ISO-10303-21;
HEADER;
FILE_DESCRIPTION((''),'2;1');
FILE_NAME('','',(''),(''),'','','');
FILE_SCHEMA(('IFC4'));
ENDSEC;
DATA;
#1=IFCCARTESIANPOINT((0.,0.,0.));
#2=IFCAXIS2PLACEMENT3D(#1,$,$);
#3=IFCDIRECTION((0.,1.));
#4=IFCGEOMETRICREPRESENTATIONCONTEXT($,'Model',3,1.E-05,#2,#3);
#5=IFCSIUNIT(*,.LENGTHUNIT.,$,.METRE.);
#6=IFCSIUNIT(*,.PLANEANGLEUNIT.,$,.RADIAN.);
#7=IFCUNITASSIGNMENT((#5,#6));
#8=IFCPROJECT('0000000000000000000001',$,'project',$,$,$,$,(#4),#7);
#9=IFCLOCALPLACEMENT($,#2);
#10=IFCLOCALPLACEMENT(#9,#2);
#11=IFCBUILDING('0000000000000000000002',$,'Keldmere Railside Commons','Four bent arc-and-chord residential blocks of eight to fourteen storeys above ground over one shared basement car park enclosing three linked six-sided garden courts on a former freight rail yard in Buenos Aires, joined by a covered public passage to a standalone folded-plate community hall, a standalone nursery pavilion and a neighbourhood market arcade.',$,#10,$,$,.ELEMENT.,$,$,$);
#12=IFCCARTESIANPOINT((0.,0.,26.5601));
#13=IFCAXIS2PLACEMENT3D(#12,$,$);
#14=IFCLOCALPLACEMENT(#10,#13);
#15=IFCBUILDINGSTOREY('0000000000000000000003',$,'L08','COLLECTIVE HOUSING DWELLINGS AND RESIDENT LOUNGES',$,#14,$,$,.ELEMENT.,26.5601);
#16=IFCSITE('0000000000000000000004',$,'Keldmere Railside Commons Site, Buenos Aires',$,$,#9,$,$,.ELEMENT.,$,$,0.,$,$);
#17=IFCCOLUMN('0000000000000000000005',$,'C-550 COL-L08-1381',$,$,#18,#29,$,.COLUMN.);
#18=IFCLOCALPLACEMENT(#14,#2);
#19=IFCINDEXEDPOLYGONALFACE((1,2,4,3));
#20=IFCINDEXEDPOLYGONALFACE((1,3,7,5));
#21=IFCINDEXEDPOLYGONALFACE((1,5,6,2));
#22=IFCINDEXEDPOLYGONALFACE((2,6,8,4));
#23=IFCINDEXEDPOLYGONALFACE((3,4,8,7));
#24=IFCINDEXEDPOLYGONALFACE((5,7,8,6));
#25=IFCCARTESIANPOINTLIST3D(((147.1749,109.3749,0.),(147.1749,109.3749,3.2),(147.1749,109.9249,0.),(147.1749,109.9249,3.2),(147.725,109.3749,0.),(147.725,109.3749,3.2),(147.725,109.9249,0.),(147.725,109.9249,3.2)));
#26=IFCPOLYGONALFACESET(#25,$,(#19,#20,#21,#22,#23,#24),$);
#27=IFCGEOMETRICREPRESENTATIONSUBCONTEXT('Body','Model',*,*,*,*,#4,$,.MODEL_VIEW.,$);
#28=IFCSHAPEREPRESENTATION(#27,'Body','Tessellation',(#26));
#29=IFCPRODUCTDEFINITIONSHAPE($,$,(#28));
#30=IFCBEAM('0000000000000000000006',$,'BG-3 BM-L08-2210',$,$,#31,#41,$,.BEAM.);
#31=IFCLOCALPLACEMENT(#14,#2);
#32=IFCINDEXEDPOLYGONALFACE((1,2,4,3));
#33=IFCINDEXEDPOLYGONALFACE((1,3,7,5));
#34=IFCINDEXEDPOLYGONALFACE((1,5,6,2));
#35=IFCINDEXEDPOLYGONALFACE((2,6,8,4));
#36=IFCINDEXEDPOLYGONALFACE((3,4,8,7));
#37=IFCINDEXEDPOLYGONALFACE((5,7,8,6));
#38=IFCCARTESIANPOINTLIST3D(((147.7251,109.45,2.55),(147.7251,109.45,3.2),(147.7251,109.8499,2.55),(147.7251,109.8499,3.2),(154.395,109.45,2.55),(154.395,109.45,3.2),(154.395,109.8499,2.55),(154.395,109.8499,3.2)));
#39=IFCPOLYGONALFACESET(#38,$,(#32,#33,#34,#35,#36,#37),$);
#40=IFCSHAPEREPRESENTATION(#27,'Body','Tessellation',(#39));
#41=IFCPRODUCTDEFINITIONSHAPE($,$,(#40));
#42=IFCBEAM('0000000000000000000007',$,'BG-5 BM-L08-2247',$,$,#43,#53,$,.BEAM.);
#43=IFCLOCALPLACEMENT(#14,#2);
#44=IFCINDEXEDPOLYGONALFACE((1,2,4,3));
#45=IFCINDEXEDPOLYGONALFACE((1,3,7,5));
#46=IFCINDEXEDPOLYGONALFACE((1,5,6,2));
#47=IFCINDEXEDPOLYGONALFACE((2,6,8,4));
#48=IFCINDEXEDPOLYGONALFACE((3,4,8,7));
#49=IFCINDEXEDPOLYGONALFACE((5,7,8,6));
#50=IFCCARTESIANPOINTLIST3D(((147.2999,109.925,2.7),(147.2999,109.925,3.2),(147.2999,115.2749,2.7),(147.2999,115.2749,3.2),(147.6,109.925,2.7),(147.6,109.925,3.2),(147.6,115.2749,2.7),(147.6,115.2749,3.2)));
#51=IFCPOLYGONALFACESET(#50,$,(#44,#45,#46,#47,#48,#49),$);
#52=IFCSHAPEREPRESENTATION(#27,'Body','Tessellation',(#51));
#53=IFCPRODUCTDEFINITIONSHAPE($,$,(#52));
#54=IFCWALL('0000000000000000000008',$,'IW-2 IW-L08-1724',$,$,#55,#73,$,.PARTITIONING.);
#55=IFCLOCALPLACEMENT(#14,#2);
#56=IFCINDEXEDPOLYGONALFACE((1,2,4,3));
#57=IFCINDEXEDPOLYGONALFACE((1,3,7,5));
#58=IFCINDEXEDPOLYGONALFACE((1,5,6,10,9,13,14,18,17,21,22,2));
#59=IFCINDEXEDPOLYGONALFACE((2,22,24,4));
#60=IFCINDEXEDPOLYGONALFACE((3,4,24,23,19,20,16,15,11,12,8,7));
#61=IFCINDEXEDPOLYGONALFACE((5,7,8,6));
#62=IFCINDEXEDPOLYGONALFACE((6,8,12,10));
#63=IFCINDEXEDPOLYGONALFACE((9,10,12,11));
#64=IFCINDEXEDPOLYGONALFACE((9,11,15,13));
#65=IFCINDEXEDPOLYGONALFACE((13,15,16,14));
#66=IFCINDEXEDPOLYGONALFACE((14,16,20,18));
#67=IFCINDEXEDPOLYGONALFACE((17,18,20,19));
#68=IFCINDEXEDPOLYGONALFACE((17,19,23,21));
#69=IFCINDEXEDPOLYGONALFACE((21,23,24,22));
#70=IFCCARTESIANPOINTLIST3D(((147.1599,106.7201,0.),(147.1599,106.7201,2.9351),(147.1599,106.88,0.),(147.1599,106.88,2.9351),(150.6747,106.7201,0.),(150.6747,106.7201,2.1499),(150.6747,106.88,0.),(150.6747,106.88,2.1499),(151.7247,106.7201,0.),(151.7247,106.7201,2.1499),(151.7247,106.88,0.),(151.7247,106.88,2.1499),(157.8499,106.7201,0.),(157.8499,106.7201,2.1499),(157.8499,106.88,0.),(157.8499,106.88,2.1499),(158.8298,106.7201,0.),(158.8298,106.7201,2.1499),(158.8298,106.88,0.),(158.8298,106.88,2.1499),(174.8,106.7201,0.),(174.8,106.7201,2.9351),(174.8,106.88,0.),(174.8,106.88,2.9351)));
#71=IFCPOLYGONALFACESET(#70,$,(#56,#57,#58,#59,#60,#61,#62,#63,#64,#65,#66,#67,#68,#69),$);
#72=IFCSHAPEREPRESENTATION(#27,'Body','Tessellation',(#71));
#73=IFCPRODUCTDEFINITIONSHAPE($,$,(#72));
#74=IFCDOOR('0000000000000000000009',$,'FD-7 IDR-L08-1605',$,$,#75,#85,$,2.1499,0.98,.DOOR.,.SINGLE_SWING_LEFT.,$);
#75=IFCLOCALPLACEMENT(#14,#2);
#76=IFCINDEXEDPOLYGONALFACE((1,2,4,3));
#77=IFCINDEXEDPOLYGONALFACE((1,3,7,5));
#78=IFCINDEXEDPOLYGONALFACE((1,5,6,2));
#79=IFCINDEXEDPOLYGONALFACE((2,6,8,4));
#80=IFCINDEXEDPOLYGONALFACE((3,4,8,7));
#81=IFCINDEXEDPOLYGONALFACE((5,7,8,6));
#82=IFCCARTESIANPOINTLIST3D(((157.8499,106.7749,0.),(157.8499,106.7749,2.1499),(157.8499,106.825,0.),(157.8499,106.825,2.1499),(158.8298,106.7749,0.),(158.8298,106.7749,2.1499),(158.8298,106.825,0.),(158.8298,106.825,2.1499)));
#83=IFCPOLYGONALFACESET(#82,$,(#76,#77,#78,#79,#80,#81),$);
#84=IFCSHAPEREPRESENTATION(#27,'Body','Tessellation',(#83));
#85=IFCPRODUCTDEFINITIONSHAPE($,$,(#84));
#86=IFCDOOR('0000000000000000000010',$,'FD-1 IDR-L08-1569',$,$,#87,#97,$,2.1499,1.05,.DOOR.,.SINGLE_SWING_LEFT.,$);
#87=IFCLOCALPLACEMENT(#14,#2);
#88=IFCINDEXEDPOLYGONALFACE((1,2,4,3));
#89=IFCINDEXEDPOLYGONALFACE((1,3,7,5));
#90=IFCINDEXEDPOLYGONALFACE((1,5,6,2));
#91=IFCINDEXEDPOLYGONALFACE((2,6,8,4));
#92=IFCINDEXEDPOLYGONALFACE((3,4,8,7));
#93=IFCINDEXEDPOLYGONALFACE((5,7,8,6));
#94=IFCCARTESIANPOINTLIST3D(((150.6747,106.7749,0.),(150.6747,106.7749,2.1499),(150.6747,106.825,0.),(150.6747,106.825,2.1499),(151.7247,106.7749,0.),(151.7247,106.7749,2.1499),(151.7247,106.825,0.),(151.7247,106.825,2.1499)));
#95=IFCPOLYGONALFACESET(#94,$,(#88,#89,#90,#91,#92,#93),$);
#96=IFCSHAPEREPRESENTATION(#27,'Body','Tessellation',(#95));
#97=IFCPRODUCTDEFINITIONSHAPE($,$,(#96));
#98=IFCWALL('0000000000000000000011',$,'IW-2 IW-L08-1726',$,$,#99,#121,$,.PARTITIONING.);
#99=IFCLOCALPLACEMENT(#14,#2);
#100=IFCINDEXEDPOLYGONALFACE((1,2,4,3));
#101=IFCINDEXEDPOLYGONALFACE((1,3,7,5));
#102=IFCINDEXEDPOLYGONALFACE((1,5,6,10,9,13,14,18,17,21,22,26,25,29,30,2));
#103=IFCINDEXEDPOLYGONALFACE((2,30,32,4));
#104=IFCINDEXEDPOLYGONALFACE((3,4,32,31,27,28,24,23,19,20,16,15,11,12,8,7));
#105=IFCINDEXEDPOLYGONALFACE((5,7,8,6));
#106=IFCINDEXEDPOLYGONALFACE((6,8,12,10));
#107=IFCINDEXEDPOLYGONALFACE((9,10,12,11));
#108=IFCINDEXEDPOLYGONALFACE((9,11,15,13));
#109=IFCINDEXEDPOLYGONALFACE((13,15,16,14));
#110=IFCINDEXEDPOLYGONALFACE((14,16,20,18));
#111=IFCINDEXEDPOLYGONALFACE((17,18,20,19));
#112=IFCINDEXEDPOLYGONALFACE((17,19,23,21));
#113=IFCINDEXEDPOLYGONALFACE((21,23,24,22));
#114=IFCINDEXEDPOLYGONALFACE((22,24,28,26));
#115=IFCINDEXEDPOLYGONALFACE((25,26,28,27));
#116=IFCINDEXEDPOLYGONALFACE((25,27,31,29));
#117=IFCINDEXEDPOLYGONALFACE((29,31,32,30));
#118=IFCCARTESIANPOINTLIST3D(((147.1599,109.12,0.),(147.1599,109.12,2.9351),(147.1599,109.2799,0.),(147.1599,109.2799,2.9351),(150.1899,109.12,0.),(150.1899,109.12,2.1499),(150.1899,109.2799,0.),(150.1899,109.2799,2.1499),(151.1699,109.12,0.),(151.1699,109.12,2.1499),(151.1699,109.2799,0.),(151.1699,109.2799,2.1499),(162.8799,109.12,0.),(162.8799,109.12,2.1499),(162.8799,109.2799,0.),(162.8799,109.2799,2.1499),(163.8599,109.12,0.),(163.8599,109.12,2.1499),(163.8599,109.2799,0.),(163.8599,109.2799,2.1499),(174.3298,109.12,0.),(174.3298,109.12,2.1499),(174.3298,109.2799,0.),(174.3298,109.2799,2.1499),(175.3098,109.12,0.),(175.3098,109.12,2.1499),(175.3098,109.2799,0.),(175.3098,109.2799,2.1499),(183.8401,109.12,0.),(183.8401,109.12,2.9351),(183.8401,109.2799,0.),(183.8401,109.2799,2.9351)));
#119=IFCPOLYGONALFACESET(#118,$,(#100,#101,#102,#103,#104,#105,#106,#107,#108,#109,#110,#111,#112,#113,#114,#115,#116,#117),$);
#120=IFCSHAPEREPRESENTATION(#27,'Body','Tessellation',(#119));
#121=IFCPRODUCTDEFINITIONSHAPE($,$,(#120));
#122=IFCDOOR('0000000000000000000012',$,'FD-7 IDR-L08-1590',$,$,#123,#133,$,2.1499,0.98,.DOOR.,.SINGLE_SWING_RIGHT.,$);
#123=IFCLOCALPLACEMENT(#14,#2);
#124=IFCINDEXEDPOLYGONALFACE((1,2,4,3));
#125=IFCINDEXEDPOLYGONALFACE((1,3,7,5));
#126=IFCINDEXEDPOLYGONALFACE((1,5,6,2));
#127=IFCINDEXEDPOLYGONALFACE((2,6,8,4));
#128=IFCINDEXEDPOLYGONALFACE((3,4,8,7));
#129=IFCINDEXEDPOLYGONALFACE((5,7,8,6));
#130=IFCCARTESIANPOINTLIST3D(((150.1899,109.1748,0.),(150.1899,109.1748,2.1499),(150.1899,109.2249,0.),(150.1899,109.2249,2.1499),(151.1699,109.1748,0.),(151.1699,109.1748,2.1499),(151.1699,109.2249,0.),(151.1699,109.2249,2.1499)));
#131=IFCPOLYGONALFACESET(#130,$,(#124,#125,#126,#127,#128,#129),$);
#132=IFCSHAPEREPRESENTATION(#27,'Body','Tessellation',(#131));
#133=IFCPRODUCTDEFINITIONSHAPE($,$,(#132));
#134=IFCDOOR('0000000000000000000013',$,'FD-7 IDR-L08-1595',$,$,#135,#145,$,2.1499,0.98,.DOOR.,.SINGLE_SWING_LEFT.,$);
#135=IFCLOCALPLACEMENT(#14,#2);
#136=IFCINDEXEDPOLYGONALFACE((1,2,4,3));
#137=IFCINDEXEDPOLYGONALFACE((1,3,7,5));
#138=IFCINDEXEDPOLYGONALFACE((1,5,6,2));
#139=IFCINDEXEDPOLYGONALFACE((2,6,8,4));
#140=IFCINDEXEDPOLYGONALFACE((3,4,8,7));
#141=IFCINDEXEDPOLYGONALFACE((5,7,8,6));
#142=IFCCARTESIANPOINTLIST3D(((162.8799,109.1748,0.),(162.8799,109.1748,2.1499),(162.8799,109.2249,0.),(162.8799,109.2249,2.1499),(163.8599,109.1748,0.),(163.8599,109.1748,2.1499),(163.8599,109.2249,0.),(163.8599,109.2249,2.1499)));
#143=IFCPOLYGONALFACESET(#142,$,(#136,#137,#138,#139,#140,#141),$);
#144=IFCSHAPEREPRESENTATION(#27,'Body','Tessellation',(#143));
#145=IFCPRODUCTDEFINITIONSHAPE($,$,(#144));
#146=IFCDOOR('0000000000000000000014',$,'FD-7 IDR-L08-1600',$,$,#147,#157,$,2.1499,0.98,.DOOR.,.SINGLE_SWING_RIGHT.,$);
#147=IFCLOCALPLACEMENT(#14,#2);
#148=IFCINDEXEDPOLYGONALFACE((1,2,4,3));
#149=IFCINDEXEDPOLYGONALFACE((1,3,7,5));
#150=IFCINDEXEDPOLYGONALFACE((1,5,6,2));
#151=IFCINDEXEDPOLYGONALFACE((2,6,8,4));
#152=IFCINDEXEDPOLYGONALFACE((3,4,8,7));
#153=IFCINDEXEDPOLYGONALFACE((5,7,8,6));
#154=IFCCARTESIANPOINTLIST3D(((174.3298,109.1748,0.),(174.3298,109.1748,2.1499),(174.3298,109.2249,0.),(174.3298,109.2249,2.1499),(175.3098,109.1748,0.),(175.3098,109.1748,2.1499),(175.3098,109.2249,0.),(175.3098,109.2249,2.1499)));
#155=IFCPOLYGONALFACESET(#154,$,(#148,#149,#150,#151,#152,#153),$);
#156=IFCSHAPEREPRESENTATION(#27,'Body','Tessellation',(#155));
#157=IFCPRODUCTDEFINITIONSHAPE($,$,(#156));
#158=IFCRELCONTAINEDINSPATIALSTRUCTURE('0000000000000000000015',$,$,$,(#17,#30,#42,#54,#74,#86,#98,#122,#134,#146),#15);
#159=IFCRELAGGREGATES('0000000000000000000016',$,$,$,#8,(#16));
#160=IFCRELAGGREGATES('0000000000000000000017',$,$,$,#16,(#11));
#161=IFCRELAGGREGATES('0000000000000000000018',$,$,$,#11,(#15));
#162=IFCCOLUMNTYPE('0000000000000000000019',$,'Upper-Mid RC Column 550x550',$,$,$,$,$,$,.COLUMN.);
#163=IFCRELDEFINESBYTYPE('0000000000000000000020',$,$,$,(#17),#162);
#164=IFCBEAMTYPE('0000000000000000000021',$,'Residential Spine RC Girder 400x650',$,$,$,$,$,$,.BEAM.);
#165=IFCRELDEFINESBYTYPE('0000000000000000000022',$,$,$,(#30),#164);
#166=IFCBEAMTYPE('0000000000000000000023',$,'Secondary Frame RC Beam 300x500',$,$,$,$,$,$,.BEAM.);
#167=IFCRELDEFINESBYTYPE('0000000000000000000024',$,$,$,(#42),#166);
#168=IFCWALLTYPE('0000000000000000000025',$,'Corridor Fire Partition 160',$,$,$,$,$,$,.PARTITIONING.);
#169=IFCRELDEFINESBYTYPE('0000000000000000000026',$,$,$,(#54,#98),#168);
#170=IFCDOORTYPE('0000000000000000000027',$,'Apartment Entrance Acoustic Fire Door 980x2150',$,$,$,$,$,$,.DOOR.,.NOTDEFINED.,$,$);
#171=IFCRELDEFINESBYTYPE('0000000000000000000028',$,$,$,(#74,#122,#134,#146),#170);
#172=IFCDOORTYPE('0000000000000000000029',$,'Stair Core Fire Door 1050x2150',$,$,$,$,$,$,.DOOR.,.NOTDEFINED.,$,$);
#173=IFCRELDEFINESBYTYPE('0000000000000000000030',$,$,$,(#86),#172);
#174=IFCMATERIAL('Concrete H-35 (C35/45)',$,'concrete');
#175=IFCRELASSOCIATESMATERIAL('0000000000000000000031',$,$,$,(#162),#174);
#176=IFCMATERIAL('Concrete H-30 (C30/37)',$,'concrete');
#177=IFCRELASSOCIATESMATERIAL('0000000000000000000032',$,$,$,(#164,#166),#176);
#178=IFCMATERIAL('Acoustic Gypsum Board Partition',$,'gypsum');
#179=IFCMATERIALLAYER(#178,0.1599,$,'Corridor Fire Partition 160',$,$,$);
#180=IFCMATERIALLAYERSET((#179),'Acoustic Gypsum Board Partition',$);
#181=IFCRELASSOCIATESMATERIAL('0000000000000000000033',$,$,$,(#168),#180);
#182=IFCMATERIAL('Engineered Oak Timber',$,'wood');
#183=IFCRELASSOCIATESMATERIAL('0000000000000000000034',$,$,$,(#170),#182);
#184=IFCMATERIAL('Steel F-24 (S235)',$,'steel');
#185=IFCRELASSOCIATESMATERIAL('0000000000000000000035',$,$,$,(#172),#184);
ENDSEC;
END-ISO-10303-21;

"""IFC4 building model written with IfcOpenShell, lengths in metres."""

from ifc_helpers import new_model, si_unit, direction, frame, frame_2d, origin, origin_2d, place, context, subcontext, project, spatial, rectangle, extrude, material, layer, layer_set, material_profile, profile_set, type_object, element, fill, save


model = new_model("IFC4")

# Units and contexts
model_context = context("Model", 3, precision=1e-05, world=origin(), true_north=direction((0.0, 1.0)))
body_context = subcontext(model_context, "Body", "Model", "MODEL_VIEW")
ifc_project = project(units=[si_unit("LENGTHUNIT", "METRE"), si_unit("PLANEANGLEUNIT", "RADIAN")], contexts=[model_context])

# Site, building, storey
site_placement = place(None, origin())
site = spatial("IfcSite", under=ifc_project, at=site_placement, Name="Keldmere Railside Commons Site, Buenos Aires", CompositionType="ELEMENT", RefElevation=0.0)
building_placement = place(site_placement, origin())
building = spatial("IfcBuilding", under=site, at=building_placement, Name="Keldmere Railside Commons", Description="Four bent arc-and-chord residential blocks of eight to fourteen storeys above ground over one shared basement car park enclosing three linked six-sided garden courts on a former freight rail yard in Buenos Aires, joined by a covered public passage to a standalone folded-plate community hall, a standalone nursery pavilion and a neighbourhood market arcade.", CompositionType="ELEMENT")
storey_placement = place(building_placement, frame((0.0, 0.0, 26.5601)))
storey = spatial("IfcBuildingStorey", under=building, at=storey_placement, Name="L08", Description="COLLECTIVE HOUSING DWELLINGS AND RESIDENT LOUNGES", CompositionType="ELEMENT", Elevation=26.5601)

# Column
ifc_material_1 = material(Name="Concrete H-35 (C35/45)", Category="concrete")
ifc_material_profile_1 = material_profile(ifc_material_1, rectangle(XDim=0.55, YDim=0.55, at=origin_2d()), Name="RC-550x550")
ifc_profile_set_1 = profile_set([ifc_material_profile_1], Name="Concrete H-35 (C35/45)")
column_type = type_object("IfcColumnType", Name="Upper-Mid RC Column 550x550", PredefinedType="COLUMN", material=ifc_profile_set_1)
column_placement = place(storey_placement, frame((147.45, 109.6499, 0.0), z_axis=(0.0, 0.0, 1.0), x_axis=(1.0, 0.0, 0.0)))
element("IfcColumn", 1, at=column_placement, inside=storey, type_object=column_type, Name="C-550 COL-L08-1381", PredefinedType="COLUMN", context=body_context, shape_type="SweptSolid", body=[
    extrude(rectangle(XDim=0.55, YDim=0.55, at=origin_2d()), origin(), (0.0, 0.0, 1.0), 3.2),
])

# Beams
ifc_material_2 = material(Name="Concrete H-30 (C30/37)", Category="concrete")
ifc_material_profile_2 = material_profile(ifc_material_2, rectangle(XDim=0.3999, YDim=0.6499, at=origin_2d()), Name="RC-400x650")
ifc_profile_set_2 = profile_set([ifc_material_profile_2], Name="Concrete H-30 (C30/37)")
beam_type_1 = type_object("IfcBeamType", Name="Residential Spine RC Girder 400x650", PredefinedType="BEAM", material=ifc_profile_set_2)
beam_1_placement = place(storey_placement, frame((147.7251, 109.6499, 2.875), z_axis=(1.0, 0.0, 0.0), x_axis=(0.0, 1.0, 0.0)))
element("IfcBeam", 2, at=beam_1_placement, inside=storey, type_object=beam_type_1, Name="BG-3 BM-L08-2210", PredefinedType="BEAM", context=body_context, shape_type="SweptSolid", body=[
    extrude(rectangle(XDim=0.3999, YDim=0.6499, at=origin_2d()), origin(), (0.0, 0.0, 1.0), 6.6699),
])
ifc_material_profile_3 = material_profile(ifc_material_2, rectangle(XDim=0.3, YDim=0.5, at=origin_2d()), Name="RC-300x500")
ifc_profile_set_3 = profile_set([ifc_material_profile_3], Name="Concrete H-30 (C30/37)")
beam_type_2 = type_object("IfcBeamType", Name="Secondary Frame RC Beam 300x500", PredefinedType="BEAM", material=ifc_profile_set_3)
beam_2_placement = place(storey_placement, frame((147.45, 109.925, 2.95), z_axis=(0.0, 1.0, 0.0), x_axis=(-1.0, 0.0, 0.0)))
element("IfcBeam", 3, at=beam_2_placement, inside=storey, type_object=beam_type_2, Name="BG-5 BM-L08-2247", PredefinedType="BEAM", context=body_context, shape_type="SweptSolid", body=[
    extrude(rectangle(XDim=0.3, YDim=0.5, at=origin_2d()), origin(), (0.0, 0.0, 1.0), 5.3499),
])

# Walls, openings, doors
ifc_material_3 = material(Name="Acoustic Gypsum Board Partition", Category="gypsum")
ifc_layer = layer(ifc_material_3, 0.1599, Name="Corridor Fire Partition 160")
ifc_layer_set = layer_set([ifc_layer], Name="Acoustic Gypsum Board Partition")
wall_type = type_object("IfcWallType", Name="Corridor Fire Partition 160", PredefinedType="PARTITIONING", material=ifc_layer_set)
wall_1_placement = place(storey_placement, frame((147.1599, 106.8, 0.0), z_axis=(0.0, 0.0, 1.0), x_axis=(1.0, 0.0, 0.0)))
wall_1 = element("IfcWall", 4, at=wall_1_placement, inside=storey, type_object=wall_type, Name="IW-2 IW-L08-1724", PredefinedType="PARTITIONING", context=body_context, shape_type="SweptSolid", body=[
    extrude(rectangle(XDim=27.6401, YDim=0.1599, at=frame_2d((13.8201, 0.0))), origin(), (0.0, 0.0, 1.0), 2.9351),
])
opening_1_placement = place(wall_1_placement, frame((3.5149, 0.0, 0.0)))
opening_1 = element("IfcOpeningElement", 5, at=opening_1_placement, cuts=wall_1, PredefinedType="OPENING", context=body_context, shape_type="SweptSolid", body=[
    extrude(rectangle(XDim=1.05, YDim=2.1499, at=frame_2d((0.5249, 1.075))), frame((0.0, 0.0898, 0.0), z_axis=(0.0, -1.0, 0.0), x_axis=(1.0, 0.0, 0.0)), (0.0, 0.0, 1.0), 0.1799),
])
opening_2_placement = place(wall_1_placement, frame((10.6899, 0.0, 0.0)))
opening_2 = element("IfcOpeningElement", 6, at=opening_2_placement, cuts=wall_1, PredefinedType="OPENING", context=body_context, shape_type="SweptSolid", body=[
    extrude(rectangle(XDim=0.98, YDim=2.1499, at=frame_2d((0.49, 1.075))), frame((0.0, 0.0898, 0.0), z_axis=(0.0, -1.0, 0.0), x_axis=(1.0, 0.0, 0.0)), (0.0, 0.0, 1.0), 0.1799),
])
ifc_material_4 = material(Name="Engineered Oak Timber", Category="wood")
door_type_1 = type_object("IfcDoorType", Name="Apartment Entrance Acoustic Fire Door 980x2150", OperationType="NOTDEFINED", PredefinedType="DOOR", material=ifc_material_4)
door_1_placement = place(opening_2_placement, origin())
door_1 = element("IfcDoor", 7, at=door_1_placement, inside=storey, type_object=door_type_1, Name="FD-7 IDR-L08-1605", OperationType="SINGLE_SWING_LEFT", OverallHeight=2.1499, OverallWidth=0.98, PredefinedType="DOOR", context=body_context, shape_type="SweptSolid", body=[
    extrude(rectangle(XDim=0.98, YDim=2.1499, at=frame_2d((0.49, 1.075))), frame((0.0, 0.0249, 0.0), z_axis=(0.0, -1.0, 0.0), x_axis=(1.0, 0.0, 0.0)), (0.0, 0.0, 1.0), 0.05),
])
fill(opening_2, door_1)
ifc_material_5 = material(Name="Steel F-24 (S235)", Category="steel")
door_type_2 = type_object("IfcDoorType", Name="Stair Core Fire Door 1050x2150", OperationType="NOTDEFINED", PredefinedType="DOOR", material=ifc_material_5)
door_2_placement = place(opening_1_placement, origin())
door_2 = element("IfcDoor", 8, at=door_2_placement, inside=storey, type_object=door_type_2, Name="FD-1 IDR-L08-1569", OperationType="SINGLE_SWING_LEFT", OverallHeight=2.1499, OverallWidth=1.05, PredefinedType="DOOR", context=body_context, shape_type="SweptSolid", body=[
    extrude(rectangle(XDim=1.05, YDim=2.1499, at=frame_2d((0.5249, 1.075))), frame((0.0, 0.0249, 0.0), z_axis=(0.0, -1.0, 0.0), x_axis=(1.0, 0.0, 0.0)), (0.0, 0.0, 1.0), 0.05),
])
fill(opening_1, door_2)
wall_2_placement = place(storey_placement, frame((147.1599, 109.2, 0.0), z_axis=(0.0, 0.0, 1.0), x_axis=(1.0, 0.0, 0.0)))
wall_2 = element("IfcWall", 9, at=wall_2_placement, inside=storey, type_object=wall_type, Name="IW-2 IW-L08-1726", PredefinedType="PARTITIONING", context=body_context, shape_type="SweptSolid", body=[
    extrude(rectangle(XDim=36.6802, YDim=0.1599, at=frame_2d((18.3401, 0.0))), origin(), (0.0, 0.0, 1.0), 2.9351),
])
opening_3_placement = place(wall_2_placement, frame((3.03, 0.0, 0.0)))
opening_3 = element("IfcOpeningElement", 10, at=opening_3_placement, cuts=wall_2, PredefinedType="OPENING", context=body_context, shape_type="SweptSolid", body=[
    extrude(rectangle(XDim=0.98, YDim=2.1499, at=frame_2d((0.49, 1.075))), frame((0.0, 0.0898, 0.0), z_axis=(0.0, -1.0, 0.0), x_axis=(1.0, 0.0, 0.0)), (0.0, 0.0, 1.0), 0.1799),
])
opening_4_placement = place(wall_2_placement, frame((15.72, 0.0, 0.0)))
opening_4 = element("IfcOpeningElement", 11, at=opening_4_placement, cuts=wall_2, PredefinedType="OPENING", context=body_context, shape_type="SweptSolid", body=[
    extrude(rectangle(XDim=0.98, YDim=2.1499, at=frame_2d((0.49, 1.075))), frame((0.0, 0.0898, 0.0), z_axis=(0.0, -1.0, 0.0), x_axis=(1.0, 0.0, 0.0)), (0.0, 0.0, 1.0), 0.1799),
])
opening_5_placement = place(wall_2_placement, frame((27.1699, 0.0, 0.0)))
opening_5 = element("IfcOpeningElement", 12, at=opening_5_placement, cuts=wall_2, PredefinedType="OPENING", context=body_context, shape_type="SweptSolid", body=[
    extrude(rectangle(XDim=0.98, YDim=2.1499, at=frame_2d((0.49, 1.075))), frame((0.0, 0.0898, 0.0), z_axis=(0.0, -1.0, 0.0), x_axis=(1.0, 0.0, 0.0)), (0.0, 0.0, 1.0), 0.1799),
])
door_3_placement = place(opening_3_placement, origin())
door_3 = element("IfcDoor", 13, at=door_3_placement, inside=storey, type_object=door_type_1, Name="FD-7 IDR-L08-1590", OperationType="SINGLE_SWING_RIGHT", OverallHeight=2.1499, OverallWidth=0.98, PredefinedType="DOOR", context=body_context, shape_type="SweptSolid", body=[
    extrude(rectangle(XDim=0.98, YDim=2.1499, at=frame_2d((0.49, 1.075))), frame((0.0, 0.0249, 0.0), z_axis=(0.0, -1.0, 0.0), x_axis=(1.0, 0.0, 0.0)), (0.0, 0.0, 1.0), 0.05),
])
fill(opening_3, door_3)
door_4_placement = place(opening_4_placement, origin())
door_4 = element("IfcDoor", 14, at=door_4_placement, inside=storey, type_object=door_type_1, Name="FD-7 IDR-L08-1595", OperationType="SINGLE_SWING_LEFT", OverallHeight=2.1499, OverallWidth=0.98, PredefinedType="DOOR", context=body_context, shape_type="SweptSolid", body=[
    extrude(rectangle(XDim=0.98, YDim=2.1499, at=frame_2d((0.49, 1.075))), frame((0.0, 0.0249, 0.0), z_axis=(0.0, -1.0, 0.0), x_axis=(1.0, 0.0, 0.0)), (0.0, 0.0, 1.0), 0.05),
])
fill(opening_4, door_4)
door_5_placement = place(opening_5_placement, origin())
door_5 = element("IfcDoor", 15, at=door_5_placement, inside=storey, type_object=door_type_1, Name="FD-7 IDR-L08-1600", OperationType="SINGLE_SWING_RIGHT", OverallHeight=2.1499, OverallWidth=0.98, PredefinedType="DOOR", context=body_context, shape_type="SweptSolid", body=[
    extrude(rectangle(XDim=0.98, YDim=2.1499, at=frame_2d((0.49, 1.075))), frame((0.0, 0.0249, 0.0), z_axis=(0.0, -1.0, 0.0), x_axis=(1.0, 0.0, 0.0)), (0.0, 0.0, 1.0), 0.05),
])
fill(opening_5, door_5)

save(model, "model.ifc")
